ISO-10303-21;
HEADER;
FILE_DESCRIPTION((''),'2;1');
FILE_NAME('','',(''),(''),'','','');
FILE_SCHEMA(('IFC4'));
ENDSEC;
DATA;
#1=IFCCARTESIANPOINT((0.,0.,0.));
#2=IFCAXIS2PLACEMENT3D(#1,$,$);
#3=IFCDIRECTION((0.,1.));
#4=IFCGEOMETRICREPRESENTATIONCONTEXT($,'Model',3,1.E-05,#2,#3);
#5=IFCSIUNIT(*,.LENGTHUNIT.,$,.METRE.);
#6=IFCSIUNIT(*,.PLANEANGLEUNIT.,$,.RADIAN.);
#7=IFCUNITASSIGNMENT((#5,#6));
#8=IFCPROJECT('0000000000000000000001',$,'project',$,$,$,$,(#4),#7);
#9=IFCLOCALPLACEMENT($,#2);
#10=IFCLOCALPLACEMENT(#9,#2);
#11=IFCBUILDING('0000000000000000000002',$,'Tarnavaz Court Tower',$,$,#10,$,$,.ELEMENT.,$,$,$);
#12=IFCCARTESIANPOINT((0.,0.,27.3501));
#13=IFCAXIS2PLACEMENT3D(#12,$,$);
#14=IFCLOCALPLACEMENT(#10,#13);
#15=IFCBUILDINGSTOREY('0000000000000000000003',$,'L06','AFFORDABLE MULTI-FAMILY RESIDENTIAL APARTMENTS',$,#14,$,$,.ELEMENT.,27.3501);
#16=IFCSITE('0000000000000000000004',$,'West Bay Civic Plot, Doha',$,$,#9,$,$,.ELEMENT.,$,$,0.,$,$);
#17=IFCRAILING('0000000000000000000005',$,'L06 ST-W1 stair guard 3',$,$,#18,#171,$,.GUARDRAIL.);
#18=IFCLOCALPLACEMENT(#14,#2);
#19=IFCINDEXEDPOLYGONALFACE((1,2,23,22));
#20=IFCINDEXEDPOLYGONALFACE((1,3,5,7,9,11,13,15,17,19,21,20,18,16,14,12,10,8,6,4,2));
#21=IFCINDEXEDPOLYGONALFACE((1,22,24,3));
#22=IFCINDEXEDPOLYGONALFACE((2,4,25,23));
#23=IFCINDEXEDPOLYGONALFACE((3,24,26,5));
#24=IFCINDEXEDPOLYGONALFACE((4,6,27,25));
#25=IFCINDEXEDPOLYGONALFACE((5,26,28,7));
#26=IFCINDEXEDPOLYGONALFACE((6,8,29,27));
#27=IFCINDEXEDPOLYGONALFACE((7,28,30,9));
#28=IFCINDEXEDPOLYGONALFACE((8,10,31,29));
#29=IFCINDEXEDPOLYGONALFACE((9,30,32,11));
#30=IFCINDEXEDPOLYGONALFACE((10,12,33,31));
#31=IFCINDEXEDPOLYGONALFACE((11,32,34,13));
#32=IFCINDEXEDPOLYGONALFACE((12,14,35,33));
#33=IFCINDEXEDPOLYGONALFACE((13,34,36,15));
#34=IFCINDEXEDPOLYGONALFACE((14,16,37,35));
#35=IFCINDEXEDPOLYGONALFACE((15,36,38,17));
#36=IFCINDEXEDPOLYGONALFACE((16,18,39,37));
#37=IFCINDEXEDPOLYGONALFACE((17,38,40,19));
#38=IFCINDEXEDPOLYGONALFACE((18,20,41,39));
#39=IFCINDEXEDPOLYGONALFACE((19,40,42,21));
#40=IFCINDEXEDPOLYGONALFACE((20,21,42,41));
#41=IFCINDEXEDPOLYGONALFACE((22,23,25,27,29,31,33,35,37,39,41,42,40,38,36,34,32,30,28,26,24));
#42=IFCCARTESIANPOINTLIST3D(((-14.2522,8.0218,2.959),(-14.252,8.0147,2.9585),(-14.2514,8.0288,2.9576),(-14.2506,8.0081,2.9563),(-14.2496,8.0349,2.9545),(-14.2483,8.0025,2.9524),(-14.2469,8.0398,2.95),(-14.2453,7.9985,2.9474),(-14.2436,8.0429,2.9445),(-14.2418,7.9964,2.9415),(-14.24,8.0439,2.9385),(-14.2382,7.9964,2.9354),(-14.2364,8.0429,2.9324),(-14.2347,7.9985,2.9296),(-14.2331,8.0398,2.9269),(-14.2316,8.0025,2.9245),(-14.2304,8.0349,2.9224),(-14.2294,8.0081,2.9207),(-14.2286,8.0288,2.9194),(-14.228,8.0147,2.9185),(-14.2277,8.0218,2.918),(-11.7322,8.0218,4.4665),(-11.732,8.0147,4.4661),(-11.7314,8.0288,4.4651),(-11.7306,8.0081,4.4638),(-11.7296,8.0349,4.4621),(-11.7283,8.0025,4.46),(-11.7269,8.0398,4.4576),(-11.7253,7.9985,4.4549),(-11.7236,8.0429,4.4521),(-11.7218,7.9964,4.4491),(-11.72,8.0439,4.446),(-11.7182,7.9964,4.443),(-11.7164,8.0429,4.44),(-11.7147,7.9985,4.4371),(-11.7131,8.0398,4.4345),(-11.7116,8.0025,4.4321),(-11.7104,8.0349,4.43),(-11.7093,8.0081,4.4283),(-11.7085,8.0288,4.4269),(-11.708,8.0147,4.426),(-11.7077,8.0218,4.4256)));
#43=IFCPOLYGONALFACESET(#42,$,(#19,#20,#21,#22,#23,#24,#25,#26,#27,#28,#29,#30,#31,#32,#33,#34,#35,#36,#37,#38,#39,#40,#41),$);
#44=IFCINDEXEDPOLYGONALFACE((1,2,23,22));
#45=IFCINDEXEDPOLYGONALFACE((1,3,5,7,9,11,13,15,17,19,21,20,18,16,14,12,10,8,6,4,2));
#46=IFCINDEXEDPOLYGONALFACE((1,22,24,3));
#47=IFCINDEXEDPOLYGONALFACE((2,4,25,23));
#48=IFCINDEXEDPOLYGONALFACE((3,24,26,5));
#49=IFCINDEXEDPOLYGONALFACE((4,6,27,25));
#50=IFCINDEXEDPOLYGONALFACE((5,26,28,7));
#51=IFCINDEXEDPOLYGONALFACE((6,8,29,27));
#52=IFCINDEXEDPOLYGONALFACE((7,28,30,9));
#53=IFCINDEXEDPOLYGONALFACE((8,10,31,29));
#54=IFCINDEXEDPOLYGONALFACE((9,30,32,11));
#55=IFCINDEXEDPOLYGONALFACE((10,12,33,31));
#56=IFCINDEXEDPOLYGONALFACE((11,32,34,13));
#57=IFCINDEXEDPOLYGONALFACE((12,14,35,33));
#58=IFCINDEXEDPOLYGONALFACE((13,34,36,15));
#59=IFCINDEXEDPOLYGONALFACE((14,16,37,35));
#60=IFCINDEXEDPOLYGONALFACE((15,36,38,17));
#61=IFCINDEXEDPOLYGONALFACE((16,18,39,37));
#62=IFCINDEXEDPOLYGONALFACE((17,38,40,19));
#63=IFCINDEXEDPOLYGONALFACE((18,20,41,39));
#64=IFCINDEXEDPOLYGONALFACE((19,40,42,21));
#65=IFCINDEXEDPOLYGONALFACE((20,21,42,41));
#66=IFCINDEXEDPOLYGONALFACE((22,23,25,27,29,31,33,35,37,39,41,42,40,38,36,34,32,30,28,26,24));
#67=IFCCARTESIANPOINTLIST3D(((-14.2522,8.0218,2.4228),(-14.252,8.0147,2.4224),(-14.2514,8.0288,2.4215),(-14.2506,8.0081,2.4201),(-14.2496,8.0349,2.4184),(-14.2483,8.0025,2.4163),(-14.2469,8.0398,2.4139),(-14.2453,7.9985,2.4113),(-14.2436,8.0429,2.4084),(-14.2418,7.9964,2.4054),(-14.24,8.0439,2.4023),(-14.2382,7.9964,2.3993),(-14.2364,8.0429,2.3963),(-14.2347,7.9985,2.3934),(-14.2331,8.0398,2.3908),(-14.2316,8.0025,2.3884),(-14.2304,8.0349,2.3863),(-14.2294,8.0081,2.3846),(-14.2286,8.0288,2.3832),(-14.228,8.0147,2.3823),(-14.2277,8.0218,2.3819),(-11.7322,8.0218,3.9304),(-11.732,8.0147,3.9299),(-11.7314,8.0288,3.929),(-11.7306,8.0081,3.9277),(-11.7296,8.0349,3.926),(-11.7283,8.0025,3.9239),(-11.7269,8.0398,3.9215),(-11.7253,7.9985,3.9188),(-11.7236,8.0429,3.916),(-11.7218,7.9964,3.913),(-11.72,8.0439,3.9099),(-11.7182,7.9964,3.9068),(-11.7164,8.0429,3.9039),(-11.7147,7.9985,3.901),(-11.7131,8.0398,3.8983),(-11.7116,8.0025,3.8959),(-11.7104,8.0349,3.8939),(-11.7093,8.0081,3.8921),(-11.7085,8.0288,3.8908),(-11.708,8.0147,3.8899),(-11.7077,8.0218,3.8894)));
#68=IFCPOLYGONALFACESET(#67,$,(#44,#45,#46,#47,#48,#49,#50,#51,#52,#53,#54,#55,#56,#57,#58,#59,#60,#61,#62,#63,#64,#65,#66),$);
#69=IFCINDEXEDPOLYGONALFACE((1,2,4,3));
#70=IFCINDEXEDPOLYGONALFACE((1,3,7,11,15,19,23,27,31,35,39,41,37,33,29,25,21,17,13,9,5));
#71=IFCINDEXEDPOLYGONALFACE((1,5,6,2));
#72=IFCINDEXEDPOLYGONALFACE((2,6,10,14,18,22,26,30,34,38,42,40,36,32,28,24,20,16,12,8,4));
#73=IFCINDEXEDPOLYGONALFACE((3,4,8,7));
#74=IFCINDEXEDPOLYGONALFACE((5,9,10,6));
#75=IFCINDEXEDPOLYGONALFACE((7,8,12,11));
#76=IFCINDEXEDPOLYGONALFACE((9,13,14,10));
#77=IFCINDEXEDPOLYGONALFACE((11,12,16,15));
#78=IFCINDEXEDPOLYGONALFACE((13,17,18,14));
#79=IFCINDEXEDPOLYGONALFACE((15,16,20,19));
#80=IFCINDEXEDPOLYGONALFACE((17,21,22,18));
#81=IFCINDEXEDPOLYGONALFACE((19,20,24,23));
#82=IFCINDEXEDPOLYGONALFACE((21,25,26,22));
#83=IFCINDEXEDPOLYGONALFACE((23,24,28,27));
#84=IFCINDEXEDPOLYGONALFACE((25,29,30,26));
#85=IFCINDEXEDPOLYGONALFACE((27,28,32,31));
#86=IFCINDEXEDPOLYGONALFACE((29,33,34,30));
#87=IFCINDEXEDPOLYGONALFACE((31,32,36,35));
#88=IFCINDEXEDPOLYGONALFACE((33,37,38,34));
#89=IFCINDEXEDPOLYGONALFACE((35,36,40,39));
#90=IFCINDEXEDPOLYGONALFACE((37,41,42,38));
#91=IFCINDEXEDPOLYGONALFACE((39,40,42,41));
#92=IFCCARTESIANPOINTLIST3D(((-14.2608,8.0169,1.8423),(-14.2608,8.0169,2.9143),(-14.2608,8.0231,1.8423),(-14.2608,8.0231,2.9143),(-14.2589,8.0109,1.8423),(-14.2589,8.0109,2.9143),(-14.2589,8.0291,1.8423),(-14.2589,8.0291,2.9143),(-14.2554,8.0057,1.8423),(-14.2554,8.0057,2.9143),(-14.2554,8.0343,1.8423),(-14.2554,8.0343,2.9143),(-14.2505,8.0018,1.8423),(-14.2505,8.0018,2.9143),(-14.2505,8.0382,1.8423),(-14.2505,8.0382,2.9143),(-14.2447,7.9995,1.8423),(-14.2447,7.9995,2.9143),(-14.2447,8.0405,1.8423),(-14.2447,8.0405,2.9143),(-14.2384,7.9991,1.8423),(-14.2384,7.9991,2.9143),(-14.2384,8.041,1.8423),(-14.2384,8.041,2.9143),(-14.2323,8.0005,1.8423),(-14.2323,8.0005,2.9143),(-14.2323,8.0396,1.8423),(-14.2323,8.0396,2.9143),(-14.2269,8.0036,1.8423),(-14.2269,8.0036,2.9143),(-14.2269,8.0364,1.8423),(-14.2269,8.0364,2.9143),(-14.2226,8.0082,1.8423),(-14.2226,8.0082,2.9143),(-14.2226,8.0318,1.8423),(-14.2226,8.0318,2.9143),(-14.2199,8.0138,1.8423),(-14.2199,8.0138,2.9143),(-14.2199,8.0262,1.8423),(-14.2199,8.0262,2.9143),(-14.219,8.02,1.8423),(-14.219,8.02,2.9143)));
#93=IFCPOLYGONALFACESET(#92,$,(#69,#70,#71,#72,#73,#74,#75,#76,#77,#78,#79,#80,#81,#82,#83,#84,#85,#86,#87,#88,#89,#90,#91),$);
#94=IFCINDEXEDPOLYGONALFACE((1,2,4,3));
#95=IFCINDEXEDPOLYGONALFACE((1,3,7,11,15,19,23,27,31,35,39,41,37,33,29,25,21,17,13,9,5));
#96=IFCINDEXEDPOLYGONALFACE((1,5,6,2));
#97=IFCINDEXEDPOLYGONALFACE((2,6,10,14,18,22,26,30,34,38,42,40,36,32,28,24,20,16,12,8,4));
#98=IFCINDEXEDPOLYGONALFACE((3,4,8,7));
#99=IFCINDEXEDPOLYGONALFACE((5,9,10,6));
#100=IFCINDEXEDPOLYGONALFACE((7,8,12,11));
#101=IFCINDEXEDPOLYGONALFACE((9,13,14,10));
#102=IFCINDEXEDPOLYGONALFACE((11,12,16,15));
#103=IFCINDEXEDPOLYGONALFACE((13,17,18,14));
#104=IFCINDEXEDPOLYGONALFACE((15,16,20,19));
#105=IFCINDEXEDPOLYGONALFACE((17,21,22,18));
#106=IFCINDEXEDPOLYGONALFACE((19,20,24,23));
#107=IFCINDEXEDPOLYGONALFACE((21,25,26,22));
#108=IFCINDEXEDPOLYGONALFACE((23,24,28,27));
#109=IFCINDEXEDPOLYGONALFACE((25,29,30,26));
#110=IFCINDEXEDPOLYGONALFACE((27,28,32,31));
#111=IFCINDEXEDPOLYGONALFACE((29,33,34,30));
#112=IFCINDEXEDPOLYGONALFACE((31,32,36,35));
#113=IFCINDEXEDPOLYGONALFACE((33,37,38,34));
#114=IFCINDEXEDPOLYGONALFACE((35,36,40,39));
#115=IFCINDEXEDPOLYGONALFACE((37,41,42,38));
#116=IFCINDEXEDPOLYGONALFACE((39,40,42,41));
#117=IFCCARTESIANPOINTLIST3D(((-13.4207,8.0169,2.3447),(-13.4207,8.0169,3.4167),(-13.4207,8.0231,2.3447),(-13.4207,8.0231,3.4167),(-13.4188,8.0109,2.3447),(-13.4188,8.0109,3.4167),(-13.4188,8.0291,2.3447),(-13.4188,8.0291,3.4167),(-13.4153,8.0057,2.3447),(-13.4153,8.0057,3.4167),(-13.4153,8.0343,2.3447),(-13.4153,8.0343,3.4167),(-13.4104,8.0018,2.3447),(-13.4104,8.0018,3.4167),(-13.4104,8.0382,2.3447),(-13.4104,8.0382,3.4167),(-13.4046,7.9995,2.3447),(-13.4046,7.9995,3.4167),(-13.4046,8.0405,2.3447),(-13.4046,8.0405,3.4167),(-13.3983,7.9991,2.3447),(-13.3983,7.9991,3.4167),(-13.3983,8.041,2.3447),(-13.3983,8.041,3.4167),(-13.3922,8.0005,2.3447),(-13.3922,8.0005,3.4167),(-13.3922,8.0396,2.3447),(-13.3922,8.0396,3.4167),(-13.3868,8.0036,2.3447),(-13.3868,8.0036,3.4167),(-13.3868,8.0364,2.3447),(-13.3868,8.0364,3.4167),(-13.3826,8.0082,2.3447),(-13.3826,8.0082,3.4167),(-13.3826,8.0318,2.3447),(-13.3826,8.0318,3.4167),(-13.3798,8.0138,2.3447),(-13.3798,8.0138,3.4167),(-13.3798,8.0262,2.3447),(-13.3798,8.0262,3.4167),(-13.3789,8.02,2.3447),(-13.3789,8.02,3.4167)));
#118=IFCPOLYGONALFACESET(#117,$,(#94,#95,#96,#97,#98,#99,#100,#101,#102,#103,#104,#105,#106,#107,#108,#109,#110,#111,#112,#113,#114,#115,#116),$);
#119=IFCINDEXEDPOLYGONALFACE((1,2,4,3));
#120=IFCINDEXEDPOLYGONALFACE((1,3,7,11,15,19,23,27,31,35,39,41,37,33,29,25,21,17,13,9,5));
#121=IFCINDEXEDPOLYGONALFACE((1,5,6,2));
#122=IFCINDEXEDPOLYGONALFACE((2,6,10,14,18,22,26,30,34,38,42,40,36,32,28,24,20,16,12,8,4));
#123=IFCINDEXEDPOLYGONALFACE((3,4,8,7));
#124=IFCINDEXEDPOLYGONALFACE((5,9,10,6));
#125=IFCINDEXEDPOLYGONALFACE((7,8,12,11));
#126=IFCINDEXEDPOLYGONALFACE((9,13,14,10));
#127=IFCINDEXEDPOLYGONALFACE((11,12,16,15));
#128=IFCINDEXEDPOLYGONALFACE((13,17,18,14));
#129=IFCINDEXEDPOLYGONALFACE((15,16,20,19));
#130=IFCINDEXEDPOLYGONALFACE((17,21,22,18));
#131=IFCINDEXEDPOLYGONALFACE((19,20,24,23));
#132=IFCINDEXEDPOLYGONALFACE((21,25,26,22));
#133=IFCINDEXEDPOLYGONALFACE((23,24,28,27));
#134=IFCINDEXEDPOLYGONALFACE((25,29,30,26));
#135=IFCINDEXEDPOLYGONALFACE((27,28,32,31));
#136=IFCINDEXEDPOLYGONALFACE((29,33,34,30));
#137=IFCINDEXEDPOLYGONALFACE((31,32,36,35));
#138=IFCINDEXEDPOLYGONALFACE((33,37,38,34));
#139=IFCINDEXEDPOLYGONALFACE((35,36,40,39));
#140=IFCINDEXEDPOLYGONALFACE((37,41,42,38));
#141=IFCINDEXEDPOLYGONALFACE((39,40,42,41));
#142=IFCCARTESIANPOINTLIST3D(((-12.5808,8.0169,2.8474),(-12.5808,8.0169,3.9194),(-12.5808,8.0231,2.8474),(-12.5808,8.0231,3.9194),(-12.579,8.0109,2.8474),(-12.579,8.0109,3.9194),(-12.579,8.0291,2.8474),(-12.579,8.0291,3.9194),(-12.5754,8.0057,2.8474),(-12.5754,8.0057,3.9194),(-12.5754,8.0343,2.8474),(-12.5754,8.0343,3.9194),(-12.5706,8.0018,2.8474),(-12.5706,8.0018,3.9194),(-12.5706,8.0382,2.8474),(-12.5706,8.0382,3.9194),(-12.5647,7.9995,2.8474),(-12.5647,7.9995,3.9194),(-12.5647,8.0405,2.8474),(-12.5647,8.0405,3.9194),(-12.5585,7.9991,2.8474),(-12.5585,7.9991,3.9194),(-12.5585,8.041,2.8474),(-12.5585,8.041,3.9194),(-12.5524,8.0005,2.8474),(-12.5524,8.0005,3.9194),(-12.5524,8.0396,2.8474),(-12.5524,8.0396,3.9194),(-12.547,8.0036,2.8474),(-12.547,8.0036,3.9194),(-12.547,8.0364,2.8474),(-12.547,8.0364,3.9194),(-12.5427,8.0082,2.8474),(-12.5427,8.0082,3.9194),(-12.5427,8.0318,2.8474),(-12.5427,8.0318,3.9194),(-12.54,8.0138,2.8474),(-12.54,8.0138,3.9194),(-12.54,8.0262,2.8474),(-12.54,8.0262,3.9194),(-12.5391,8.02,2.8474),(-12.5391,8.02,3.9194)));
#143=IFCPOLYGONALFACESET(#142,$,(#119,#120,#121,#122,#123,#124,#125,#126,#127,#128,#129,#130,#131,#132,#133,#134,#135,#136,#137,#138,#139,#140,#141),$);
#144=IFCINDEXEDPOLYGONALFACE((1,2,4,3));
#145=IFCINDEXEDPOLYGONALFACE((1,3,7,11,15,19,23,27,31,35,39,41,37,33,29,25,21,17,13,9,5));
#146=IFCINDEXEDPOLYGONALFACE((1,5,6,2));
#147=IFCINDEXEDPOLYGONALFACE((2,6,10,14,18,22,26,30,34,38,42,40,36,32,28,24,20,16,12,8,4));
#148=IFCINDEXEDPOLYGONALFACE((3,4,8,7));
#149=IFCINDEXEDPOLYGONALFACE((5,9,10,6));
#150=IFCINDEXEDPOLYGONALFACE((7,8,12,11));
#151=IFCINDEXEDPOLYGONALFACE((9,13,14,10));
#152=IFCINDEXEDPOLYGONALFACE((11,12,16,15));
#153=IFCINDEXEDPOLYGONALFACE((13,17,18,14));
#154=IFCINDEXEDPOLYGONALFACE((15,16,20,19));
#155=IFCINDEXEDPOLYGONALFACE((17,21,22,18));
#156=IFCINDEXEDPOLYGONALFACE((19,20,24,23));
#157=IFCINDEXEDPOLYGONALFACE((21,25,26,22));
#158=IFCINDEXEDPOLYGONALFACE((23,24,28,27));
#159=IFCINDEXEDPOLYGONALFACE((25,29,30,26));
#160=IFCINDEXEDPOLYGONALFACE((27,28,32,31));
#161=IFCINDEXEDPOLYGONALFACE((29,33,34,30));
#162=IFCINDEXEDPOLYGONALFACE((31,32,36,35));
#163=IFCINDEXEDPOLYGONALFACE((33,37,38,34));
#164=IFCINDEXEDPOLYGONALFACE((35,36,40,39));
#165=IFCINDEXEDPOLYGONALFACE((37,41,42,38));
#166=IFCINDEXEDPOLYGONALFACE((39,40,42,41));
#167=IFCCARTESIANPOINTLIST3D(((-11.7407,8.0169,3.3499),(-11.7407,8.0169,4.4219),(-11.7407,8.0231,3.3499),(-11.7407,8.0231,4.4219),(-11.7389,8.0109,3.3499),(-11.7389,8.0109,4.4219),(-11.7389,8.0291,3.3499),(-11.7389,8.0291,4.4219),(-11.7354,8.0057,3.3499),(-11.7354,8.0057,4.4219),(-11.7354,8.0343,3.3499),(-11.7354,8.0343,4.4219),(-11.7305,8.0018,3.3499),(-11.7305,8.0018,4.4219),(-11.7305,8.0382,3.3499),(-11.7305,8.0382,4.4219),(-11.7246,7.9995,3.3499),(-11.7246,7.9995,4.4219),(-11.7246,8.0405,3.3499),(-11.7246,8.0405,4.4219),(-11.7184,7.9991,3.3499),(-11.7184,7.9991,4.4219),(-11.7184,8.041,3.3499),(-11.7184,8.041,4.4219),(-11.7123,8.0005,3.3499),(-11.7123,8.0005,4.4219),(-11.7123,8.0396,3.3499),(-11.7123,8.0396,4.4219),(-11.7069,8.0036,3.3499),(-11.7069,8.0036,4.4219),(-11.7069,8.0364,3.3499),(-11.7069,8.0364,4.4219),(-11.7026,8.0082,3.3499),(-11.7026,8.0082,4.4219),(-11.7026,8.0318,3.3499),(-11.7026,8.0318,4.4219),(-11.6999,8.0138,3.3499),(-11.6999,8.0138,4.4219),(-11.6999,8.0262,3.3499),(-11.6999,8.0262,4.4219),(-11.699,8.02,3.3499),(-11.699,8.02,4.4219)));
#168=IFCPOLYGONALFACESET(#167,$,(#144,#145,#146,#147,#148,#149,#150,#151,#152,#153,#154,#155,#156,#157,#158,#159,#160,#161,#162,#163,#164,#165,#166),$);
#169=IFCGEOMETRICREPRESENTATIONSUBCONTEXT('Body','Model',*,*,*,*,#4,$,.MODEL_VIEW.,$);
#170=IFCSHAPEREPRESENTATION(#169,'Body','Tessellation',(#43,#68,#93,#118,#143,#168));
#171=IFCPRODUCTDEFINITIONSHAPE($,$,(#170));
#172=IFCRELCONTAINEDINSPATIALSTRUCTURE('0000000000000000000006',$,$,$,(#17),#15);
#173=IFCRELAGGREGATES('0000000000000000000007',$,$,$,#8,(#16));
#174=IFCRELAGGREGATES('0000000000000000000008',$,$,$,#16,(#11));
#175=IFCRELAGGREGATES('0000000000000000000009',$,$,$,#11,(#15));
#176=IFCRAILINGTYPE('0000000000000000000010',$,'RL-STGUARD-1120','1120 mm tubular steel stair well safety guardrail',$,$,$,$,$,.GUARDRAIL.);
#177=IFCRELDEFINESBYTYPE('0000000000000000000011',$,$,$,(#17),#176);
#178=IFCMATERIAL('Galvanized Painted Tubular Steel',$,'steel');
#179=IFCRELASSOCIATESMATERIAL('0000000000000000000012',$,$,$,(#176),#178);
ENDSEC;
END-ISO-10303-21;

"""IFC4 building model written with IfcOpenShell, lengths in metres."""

from ifc_helpers import new_model, si_unit, direction, frame, origin, origin_2d, place, context, subcontext, project, spatial, circle, extrude, material, type_object, element, save


model = new_model("IFC4")

# Units and contexts
model_context = context("Model", 3, precision=1e-05, world=origin(), true_north=direction((0.0, 1.0)))
body_context = subcontext(model_context, "Body", "Model", "MODEL_VIEW")
ifc_project = project(units=[si_unit("LENGTHUNIT", "METRE"), si_unit("PLANEANGLEUNIT", "RADIAN")], contexts=[model_context])

# Site, building, storey
site_placement = place(None, origin())
site = spatial("IfcSite", under=ifc_project, at=site_placement, Name="West Bay Civic Plot, Doha", CompositionType="ELEMENT", RefElevation=0.0)
building_placement = place(site_placement, origin())
building = spatial("IfcBuilding", under=site, at=building_placement, Name="Tarnavaz Court Tower", CompositionType="ELEMENT")
storey_placement = place(building_placement, frame((0.0, 0.0, 27.3501)))
storey = spatial("IfcBuildingStorey", under=building, at=storey_placement, Name="L06", Description="AFFORDABLE MULTI-FAMILY RESIDENTIAL APARTMENTS", CompositionType="ELEMENT", Elevation=27.3501)

# Railing
ifc_material_1 = material(Name="Galvanized Painted Tubular Steel", Category="steel")
railing_type_1 = type_object("IfcRailingType", Name="RL-STGUARD-1120", Description="1120 mm tubular steel stair well safety guardrail", PredefinedType="GUARDRAIL", material=ifc_material_1)
railing_1_placement = place(storey_placement, frame((-14.24, 8.02, 1.8423)))
element("IfcRailing", 1, at=railing_1_placement, inside=storey, type_object=railing_type_1, Name="L06 ST-W1 stair guard 3", PredefinedType="GUARDRAIL", context=body_context, shape_type="SweptSolid", body=[
    extrude(circle(Radius=0.0239, at=origin_2d()), frame((0.0, 0.0, 1.0962), z_axis=(0.85816, 0.0, 0.513383), x_axis=(0.0, 1.0, 0.0)), (0.0, 0.0, 1.0), 2.9365),
    extrude(circle(Radius=0.0239, at=origin_2d()), frame((0.0, 0.0, 0.5601), z_axis=(0.85816, 0.0, 0.513383), x_axis=(0.0, 1.0, 0.0)), (0.0, 0.0, 1.0), 2.9365),
    extrude(circle(Radius=0.021, at=origin_2d()), origin(), (0.0, 0.0, 1.0), 1.072),
    extrude(circle(Radius=0.021, at=origin_2d()), frame((0.8401, 0.0, 0.5024)), (0.0, 0.0, 1.0), 1.072),
    extrude(circle(Radius=0.021, at=origin_2d()), frame((1.6799, 0.0, 1.0051)), (0.0, 0.0, 1.0), 1.072),
    extrude(circle(Radius=0.021, at=origin_2d()), frame((2.52, 0.0, 1.5076)), (0.0, 0.0, 1.0), 1.072),
])

save(model, "model.ifc")
